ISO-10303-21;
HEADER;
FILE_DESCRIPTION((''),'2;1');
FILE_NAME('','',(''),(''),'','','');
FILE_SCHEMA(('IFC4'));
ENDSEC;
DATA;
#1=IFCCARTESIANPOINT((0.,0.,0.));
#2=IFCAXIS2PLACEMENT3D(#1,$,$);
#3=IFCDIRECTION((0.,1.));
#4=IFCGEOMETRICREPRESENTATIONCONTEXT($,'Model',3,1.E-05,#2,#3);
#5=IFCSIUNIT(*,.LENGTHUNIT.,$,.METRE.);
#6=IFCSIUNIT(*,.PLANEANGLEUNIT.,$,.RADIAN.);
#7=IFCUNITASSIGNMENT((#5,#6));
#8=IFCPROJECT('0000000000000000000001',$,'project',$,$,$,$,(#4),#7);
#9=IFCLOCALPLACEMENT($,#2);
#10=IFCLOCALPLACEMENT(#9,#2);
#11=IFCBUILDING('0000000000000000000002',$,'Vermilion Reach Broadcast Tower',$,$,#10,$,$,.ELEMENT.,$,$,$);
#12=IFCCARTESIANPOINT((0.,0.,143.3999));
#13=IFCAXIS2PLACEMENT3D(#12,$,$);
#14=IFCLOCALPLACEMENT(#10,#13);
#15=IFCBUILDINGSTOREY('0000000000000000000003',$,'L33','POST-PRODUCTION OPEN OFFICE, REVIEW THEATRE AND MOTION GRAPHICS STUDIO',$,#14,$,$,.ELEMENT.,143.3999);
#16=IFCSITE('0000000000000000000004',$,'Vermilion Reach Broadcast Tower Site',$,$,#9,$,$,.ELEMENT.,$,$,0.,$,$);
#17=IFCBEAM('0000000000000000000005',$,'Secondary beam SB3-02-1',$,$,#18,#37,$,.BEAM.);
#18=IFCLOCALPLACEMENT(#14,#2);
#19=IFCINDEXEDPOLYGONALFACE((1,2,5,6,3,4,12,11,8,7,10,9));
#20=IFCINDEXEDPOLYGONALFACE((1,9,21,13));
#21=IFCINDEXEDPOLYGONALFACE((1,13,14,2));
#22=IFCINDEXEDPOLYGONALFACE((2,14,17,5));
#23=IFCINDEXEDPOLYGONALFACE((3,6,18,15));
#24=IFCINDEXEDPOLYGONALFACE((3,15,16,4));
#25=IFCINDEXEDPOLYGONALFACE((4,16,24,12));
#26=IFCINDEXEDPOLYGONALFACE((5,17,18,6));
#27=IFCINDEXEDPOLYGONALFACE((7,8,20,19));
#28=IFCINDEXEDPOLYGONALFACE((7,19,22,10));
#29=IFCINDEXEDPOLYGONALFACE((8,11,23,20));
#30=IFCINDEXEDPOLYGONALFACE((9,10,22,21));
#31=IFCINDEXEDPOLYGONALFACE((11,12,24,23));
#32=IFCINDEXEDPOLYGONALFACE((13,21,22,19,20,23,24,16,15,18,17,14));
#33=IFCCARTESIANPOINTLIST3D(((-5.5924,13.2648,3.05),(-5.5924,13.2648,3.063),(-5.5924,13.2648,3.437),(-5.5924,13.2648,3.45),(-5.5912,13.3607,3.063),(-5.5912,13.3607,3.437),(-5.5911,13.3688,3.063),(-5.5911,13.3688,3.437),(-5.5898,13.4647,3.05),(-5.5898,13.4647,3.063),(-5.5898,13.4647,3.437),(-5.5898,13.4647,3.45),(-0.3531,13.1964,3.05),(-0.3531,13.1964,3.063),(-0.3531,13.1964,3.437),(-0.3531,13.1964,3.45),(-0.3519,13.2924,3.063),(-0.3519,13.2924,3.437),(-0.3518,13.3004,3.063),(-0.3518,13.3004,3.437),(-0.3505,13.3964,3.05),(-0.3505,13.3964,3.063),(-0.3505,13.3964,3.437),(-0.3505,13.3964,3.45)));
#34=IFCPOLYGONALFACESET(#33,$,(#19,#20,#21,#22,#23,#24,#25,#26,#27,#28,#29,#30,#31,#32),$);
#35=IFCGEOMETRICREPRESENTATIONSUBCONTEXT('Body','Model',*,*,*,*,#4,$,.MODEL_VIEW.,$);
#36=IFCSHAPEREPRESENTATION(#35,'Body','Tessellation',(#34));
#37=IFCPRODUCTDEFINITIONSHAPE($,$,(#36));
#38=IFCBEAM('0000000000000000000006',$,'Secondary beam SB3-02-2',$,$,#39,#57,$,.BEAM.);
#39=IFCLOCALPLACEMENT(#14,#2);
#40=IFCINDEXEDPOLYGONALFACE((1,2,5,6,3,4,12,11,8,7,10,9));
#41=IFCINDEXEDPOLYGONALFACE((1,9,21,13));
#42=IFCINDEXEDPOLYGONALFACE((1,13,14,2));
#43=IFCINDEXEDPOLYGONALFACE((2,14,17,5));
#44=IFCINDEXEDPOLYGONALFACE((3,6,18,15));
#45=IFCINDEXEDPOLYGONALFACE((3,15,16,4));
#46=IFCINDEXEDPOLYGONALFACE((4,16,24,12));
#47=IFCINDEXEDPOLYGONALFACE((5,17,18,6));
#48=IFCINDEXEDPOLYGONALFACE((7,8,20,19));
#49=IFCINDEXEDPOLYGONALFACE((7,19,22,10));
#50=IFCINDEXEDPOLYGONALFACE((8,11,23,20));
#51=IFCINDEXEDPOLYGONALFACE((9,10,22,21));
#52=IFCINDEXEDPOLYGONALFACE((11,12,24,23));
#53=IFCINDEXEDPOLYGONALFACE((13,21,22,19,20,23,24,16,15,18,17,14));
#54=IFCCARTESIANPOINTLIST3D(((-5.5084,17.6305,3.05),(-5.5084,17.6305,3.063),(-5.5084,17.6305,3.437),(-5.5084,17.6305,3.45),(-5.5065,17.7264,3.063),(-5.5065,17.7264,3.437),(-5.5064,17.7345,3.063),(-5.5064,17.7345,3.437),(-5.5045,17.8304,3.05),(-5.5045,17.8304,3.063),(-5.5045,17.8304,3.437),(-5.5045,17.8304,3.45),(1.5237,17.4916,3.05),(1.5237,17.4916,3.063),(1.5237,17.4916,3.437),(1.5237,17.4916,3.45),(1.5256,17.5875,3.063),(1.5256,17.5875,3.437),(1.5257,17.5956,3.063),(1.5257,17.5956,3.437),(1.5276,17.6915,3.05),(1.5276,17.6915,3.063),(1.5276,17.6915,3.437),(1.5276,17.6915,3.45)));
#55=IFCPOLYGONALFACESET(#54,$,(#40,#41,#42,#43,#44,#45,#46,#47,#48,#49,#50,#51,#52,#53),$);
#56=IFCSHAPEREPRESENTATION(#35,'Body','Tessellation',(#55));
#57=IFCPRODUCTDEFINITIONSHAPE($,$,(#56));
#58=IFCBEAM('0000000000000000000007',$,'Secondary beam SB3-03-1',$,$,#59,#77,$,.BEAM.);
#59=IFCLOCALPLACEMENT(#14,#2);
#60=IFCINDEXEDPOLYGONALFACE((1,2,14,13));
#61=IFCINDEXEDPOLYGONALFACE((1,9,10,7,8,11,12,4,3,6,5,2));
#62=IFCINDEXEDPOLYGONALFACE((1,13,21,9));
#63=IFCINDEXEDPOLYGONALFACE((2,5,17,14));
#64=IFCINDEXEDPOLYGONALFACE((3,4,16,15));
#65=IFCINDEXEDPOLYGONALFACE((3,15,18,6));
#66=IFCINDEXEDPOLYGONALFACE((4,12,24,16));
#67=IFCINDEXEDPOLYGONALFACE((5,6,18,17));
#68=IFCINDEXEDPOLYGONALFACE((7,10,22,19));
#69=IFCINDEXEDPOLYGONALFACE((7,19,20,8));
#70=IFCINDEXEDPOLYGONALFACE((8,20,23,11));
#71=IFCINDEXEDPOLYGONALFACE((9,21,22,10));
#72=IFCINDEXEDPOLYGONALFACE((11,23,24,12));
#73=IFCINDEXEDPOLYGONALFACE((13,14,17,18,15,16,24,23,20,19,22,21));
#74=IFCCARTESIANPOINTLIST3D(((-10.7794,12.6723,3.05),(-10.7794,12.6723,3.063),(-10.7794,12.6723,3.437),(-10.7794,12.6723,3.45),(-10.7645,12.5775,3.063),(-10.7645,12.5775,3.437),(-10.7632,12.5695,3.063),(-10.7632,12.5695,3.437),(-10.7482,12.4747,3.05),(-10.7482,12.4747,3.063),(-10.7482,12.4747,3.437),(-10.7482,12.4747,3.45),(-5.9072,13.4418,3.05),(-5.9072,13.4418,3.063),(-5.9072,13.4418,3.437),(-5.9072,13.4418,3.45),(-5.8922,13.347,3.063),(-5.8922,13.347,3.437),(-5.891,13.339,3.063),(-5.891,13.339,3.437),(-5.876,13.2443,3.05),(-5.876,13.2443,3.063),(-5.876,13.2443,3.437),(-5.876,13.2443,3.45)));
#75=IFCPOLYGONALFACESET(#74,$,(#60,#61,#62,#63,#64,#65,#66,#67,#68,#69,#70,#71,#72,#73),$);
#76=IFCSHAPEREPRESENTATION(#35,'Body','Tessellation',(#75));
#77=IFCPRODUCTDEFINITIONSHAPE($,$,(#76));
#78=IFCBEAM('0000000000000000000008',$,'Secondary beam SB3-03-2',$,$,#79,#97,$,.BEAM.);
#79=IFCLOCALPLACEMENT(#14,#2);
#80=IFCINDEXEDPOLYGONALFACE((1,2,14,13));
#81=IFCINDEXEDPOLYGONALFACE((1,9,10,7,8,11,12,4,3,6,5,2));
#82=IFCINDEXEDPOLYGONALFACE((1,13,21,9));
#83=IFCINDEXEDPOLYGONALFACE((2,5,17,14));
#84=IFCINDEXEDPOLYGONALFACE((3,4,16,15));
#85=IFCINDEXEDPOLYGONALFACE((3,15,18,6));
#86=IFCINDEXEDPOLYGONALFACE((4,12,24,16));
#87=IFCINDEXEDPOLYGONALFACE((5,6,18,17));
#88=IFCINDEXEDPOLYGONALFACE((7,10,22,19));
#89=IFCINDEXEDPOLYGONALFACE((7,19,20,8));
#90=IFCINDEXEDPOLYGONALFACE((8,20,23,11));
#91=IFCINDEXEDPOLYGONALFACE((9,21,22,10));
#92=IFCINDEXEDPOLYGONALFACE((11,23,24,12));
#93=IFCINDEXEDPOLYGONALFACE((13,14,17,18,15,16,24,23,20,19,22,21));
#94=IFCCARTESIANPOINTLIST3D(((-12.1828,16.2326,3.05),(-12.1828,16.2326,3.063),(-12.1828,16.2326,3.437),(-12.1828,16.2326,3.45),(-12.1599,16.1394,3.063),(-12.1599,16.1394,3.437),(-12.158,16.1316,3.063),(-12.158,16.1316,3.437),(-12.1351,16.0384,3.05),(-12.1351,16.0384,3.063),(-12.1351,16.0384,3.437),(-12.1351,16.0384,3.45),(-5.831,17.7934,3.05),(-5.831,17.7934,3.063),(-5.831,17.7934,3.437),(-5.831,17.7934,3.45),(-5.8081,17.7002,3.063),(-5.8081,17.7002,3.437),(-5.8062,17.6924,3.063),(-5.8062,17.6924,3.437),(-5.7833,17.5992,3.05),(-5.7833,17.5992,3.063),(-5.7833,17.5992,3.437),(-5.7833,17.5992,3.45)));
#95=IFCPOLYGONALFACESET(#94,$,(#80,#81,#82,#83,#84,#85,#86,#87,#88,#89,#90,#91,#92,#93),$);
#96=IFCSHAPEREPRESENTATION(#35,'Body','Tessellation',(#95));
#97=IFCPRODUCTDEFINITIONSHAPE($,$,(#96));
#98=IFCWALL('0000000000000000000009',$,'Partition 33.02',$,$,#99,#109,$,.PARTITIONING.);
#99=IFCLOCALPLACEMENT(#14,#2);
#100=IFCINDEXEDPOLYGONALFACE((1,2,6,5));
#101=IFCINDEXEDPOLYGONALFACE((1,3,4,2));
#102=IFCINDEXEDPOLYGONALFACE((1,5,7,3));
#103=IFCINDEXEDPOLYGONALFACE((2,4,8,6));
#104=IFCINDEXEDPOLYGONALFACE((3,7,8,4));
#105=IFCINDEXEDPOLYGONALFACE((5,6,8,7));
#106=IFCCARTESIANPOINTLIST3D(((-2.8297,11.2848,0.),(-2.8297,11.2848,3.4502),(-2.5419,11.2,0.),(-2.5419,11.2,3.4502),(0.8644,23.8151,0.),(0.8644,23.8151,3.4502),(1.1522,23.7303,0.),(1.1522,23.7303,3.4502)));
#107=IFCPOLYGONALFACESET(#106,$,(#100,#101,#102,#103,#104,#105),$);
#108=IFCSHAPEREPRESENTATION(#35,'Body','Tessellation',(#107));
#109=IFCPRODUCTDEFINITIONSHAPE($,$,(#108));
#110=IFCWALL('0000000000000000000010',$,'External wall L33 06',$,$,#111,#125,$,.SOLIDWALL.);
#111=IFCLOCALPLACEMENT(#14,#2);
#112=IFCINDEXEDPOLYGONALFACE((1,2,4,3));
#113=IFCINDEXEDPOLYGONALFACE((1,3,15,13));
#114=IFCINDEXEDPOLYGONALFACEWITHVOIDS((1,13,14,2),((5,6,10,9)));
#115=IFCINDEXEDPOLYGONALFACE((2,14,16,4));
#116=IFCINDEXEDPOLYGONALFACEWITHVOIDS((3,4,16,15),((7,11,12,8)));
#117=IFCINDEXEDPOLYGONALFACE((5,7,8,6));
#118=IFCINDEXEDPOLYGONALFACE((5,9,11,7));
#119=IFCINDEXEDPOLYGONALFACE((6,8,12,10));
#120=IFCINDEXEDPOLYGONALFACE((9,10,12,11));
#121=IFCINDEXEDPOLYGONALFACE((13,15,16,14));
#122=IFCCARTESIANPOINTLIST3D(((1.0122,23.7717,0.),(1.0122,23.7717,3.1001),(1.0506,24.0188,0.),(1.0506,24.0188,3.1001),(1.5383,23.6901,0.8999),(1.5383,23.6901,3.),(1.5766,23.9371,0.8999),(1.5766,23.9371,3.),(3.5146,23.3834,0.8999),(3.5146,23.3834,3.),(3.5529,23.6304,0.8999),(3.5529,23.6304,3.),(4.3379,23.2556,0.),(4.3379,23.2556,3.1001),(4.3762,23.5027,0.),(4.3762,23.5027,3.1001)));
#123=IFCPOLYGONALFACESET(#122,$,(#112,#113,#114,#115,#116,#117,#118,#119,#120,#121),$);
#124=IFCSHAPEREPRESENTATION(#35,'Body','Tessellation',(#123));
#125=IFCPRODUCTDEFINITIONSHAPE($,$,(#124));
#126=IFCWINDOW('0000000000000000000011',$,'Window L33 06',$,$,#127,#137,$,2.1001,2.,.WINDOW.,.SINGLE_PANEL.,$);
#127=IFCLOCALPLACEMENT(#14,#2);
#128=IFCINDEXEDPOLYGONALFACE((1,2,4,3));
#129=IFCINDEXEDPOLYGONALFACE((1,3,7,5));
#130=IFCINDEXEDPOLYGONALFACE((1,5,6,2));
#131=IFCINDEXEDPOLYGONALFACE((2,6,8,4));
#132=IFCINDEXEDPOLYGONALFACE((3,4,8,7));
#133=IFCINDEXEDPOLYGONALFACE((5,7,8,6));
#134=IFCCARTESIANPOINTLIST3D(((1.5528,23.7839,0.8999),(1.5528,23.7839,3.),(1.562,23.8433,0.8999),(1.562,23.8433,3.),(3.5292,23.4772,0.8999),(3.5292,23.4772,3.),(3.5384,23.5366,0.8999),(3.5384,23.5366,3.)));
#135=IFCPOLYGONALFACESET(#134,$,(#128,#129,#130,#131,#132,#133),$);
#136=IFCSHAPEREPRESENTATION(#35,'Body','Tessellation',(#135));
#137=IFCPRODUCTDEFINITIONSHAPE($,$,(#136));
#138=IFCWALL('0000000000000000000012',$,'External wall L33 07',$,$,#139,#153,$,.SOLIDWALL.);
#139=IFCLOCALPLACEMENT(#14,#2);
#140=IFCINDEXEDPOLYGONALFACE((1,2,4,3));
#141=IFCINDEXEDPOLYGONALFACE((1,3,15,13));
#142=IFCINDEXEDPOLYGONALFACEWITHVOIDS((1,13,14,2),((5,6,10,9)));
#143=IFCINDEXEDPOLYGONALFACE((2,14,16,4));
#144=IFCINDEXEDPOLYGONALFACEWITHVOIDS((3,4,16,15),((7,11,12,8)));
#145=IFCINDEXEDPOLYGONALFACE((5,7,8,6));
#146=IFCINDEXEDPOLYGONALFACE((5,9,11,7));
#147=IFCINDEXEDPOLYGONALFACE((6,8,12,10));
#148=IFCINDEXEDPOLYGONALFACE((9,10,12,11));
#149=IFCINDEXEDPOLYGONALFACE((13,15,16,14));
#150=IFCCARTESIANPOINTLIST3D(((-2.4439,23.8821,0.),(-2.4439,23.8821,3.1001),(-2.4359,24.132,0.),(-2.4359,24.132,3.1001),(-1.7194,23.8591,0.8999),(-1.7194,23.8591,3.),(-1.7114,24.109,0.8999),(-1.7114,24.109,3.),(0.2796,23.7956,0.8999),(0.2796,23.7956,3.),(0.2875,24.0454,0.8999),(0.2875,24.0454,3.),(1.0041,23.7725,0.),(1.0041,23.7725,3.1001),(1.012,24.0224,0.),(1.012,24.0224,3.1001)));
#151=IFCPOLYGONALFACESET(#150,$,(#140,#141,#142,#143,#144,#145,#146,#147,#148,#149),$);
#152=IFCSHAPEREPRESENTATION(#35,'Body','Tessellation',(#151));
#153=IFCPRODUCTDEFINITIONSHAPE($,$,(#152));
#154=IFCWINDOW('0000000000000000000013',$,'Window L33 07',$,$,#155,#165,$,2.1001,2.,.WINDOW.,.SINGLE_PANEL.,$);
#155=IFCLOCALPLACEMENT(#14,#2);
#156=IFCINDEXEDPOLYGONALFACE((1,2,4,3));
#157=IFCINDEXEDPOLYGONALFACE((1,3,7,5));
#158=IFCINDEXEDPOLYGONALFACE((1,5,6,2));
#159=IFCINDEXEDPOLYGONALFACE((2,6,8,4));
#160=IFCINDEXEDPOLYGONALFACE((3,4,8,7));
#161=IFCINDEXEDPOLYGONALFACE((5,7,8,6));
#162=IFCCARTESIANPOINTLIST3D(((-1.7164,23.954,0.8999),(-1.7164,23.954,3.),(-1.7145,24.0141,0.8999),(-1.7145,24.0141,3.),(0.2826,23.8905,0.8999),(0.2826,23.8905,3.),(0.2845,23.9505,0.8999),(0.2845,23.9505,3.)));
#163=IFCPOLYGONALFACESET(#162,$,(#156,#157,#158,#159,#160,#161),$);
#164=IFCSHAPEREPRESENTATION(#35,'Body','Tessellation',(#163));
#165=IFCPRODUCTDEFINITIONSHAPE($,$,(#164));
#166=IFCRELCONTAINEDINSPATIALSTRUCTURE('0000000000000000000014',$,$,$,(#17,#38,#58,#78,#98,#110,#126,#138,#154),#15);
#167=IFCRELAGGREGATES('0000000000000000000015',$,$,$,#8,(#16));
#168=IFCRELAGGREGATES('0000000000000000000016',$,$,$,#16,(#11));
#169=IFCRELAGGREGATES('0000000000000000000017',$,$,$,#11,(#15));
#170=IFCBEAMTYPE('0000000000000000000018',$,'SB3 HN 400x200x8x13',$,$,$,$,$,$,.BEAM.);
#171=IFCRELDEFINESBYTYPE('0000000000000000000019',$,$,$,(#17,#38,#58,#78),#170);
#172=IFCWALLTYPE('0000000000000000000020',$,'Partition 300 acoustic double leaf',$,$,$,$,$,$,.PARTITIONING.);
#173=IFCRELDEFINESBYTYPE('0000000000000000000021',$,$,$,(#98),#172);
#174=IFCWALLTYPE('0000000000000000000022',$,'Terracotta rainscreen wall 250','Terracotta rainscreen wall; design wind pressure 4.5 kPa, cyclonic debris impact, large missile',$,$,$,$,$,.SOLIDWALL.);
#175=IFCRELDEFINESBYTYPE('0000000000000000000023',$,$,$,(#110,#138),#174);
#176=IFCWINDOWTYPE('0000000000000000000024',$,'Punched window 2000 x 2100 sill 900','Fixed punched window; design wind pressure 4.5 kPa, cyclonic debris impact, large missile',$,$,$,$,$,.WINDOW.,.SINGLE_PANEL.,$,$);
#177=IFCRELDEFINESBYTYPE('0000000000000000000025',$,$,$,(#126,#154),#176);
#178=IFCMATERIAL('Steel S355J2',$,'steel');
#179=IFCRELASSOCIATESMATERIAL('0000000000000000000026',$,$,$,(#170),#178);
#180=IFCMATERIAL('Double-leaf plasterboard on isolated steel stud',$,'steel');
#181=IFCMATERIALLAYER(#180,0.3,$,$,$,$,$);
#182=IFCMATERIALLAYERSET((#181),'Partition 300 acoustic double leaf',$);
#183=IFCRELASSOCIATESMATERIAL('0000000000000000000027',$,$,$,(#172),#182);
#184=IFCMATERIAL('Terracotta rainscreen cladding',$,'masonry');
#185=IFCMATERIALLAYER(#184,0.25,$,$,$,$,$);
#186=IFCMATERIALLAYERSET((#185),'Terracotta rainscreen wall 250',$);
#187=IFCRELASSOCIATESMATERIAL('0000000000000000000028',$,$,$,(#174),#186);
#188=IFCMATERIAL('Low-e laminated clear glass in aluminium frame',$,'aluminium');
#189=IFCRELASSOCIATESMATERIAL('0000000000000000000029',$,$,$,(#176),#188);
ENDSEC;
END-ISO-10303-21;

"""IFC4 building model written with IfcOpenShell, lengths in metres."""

from ifc_helpers import new_model, si_unit, direction, frame, frame_2d, origin, origin_2d, place, context, subcontext, project, spatial, rectangle, i_section, extrude, material, layer, layer_set, material_profile, profile_set, type_object, element, fill, save


model = new_model("IFC4")

# Units and contexts
model_context = context("Model", 3, precision=1e-05, world=origin(), true_north=direction((0.0, 1.0)))
body_context = subcontext(model_context, "Body", "Model", "MODEL_VIEW")
ifc_project = project(units=[si_unit("LENGTHUNIT", "METRE"), si_unit("PLANEANGLEUNIT", "RADIAN")], contexts=[model_context])

# Site, building, storey
site_placement = place(None, origin())
site = spatial("IfcSite", under=ifc_project, at=site_placement, Name="Vermilion Reach Broadcast Tower Site", CompositionType="ELEMENT", RefElevation=0.0)
building_placement = place(site_placement, origin())
building = spatial("IfcBuilding", under=site, at=building_placement, Name="Vermilion Reach Broadcast Tower", CompositionType="ELEMENT")
storey_placement = place(building_placement, frame((0.0, 0.0, 143.3999)))
storey = spatial("IfcBuildingStorey", under=building, at=storey_placement, Name="L33", Description="POST-PRODUCTION OPEN OFFICE, REVIEW THEATRE AND MOTION GRAPHICS STUDIO", CompositionType="ELEMENT", Elevation=143.3999)

# Beams
ifc_material_1 = material(Name="Steel S355J2", Category="steel")
ifc_material_profile_1 = material_profile(ifc_material_1, i_section(OverallWidth=0.2, OverallDepth=0.3999, WebThickness=0.0081, FlangeThickness=0.0129, at=origin_2d()), Name="S355J2 HN 400x200x8x13")
ifc_profile_set_1 = profile_set([ifc_material_profile_1], Name="Steel S355J2")
beam_type_1 = type_object("IfcBeamType", Name="SB3 HN 400x200x8x13", PredefinedType="BEAM", material=ifc_profile_set_1)
beam_1_placement = place(storey_placement, frame((-0.3518, 13.2964, 3.25), z_axis=(-0.999915, 0.013046, 0.0), x_axis=(-0.013046, -0.999915, 0.0)))
element("IfcBeam", 1, at=beam_1_placement, inside=storey, type_object=beam_type_1, Name="Secondary beam SB3-02-1", PredefinedType="BEAM", context=body_context, shape_type="SweptSolid", body=[
    extrude(i_section(OverallWidth=0.2, OverallDepth=0.3999, WebThickness=0.0081, FlangeThickness=0.0129, at=origin_2d()), origin(), (0.0, 0.0, 1.0), 5.2397),
])
beam_2_placement = place(storey_placement, frame((1.5256, 17.5916, 3.25), z_axis=(-0.999805, 0.019751, 0.0), x_axis=(-0.019751, -0.999805, 0.0)))
element("IfcBeam", 2, at=beam_2_placement, inside=storey, type_object=beam_type_1, Name="Secondary beam SB3-02-2", PredefinedType="BEAM", context=body_context, shape_type="SweptSolid", body=[
    extrude(i_section(OverallWidth=0.2, OverallDepth=0.3999, WebThickness=0.0081, FlangeThickness=0.0129, at=origin_2d()), origin(), (0.0, 0.0, 1.0), 7.0334),
])
beam_3_placement = place(storey_placement, frame((-5.8916, 13.343, 3.25), z_axis=(-0.987756, -0.156006, 0.0), x_axis=(0.156006, -0.987756, 0.0)))
element("IfcBeam", 3, at=beam_3_placement, inside=storey, type_object=beam_type_1, Name="Secondary beam SB3-03-1", PredefinedType="BEAM", context=body_context, shape_type="SweptSolid", body=[
    extrude(i_section(OverallWidth=0.2, OverallDepth=0.3999, WebThickness=0.0081, FlangeThickness=0.0129, at=origin_2d()), origin(), (0.0, 0.0, 1.0), 4.9326),
])
beam_4_placement = place(storey_placement, frame((-5.8071, 17.6963, 3.25), z_axis=(-0.971112, -0.238625, 0.0), x_axis=(0.238625, -0.971112, 0.0)))
element("IfcBeam", 4, at=beam_4_placement, inside=storey, type_object=beam_type_1, Name="Secondary beam SB3-03-2", PredefinedType="BEAM", context=body_context, shape_type="SweptSolid", body=[
    extrude(i_section(OverallWidth=0.2, OverallDepth=0.3999, WebThickness=0.0081, FlangeThickness=0.0129, at=origin_2d()), origin(), (0.0, 0.0, 1.0), 6.5408),
])

# Wall
ifc_material_2 = material(Name="Double-leaf plasterboard on isolated steel stud", Category="steel")
ifc_layer_1 = layer(ifc_material_2, 0.3)
ifc_layer_set_1 = layer_set([ifc_layer_1], Name="Partition 300 acoustic double leaf")
wall_type_1 = type_object("IfcWallType", Name="Partition 300 acoustic double leaf", PredefinedType="PARTITIONING", material=ifc_layer_set_1)
wall_1_placement = place(storey_placement, frame((1.0083, 23.7727, 0.0), z_axis=(0.0, 0.0, 1.0), x_axis=(-0.28278, -0.959185, 0.0)))
element("IfcWall", 5, at=wall_1_placement, inside=storey, type_object=wall_type_1, Name="Partition 33.02", PredefinedType="PARTITIONING", context=body_context, shape_type="SweptSolid", body=[
    extrude(rectangle(XDim=13.0635, YDim=0.3, at=frame_2d((6.5317, 0.0))), origin(), (0.0, 0.0, 1.0), 3.4502),
])

# Walls, openings, windows
ifc_material_3 = material(Name="Terracotta rainscreen cladding", Category="masonry")
ifc_layer_2 = layer(ifc_material_3, 0.25)
ifc_layer_set_2 = layer_set([ifc_layer_2], Name="Terracotta rainscreen wall 250")
wall_type_2 = type_object("IfcWallType", Name="Terracotta rainscreen wall 250", Description="Terracotta rainscreen wall; design wind pressure 4.5 kPa, cyclonic debris impact, large missile", PredefinedType="SOLIDWALL", material=ifc_layer_set_2)
wall_2_placement = place(storey_placement, frame((4.3569, 23.3792, 0.0), z_axis=(0.0, 0.0, 1.0), x_axis=(-0.988171, 0.153354, 0.0)))
wall_2 = element("IfcWall", 6, at=wall_2_placement, inside=storey, type_object=wall_type_2, Name="External wall L33 06", PredefinedType="SOLIDWALL", context=body_context, shape_type="SweptSolid", body=[
    extrude(rectangle(XDim=3.3655, YDim=0.25, at=frame_2d((1.6826, 0.0))), origin(), (0.0, 0.0, 1.0), 3.1001),
])
opening_1_placement = place(wall_2_placement, frame((0.833, 0.0, 0.8999)))
opening_1 = element("IfcOpeningElement", 7, at=opening_1_placement, cuts=wall_2, PredefinedType="OPENING", context=body_context, shape_type="SweptSolid", body=[
    extrude(rectangle(XDim=2.0, YDim=2.1001, at=frame_2d((1.0, 1.05))), frame((0.0, 0.135, 0.0), z_axis=(0.0, -1.0, 0.0), x_axis=(1.0, 0.0, 0.0)), (0.0, 0.0, 1.0), 0.27),
])
ifc_material_4 = material(Name="Low-e laminated clear glass in aluminium frame", Category="aluminium")
window_type = type_object("IfcWindowType", Name="Punched window 2000 x 2100 sill 900", Description="Fixed punched window; design wind pressure 4.5 kPa, cyclonic debris impact, large missile", PartitioningType="SINGLE_PANEL", PredefinedType="WINDOW", material=ifc_material_4)
window_1_placement = place(opening_1_placement, origin())
window_1 = element("IfcWindow", 8, at=window_1_placement, inside=storey, type_object=window_type, Name="Window L33 06", OverallHeight=2.1001, OverallWidth=2.0, PartitioningType="SINGLE_PANEL", PredefinedType="WINDOW", context=body_context, shape_type="SweptSolid", body=[
    extrude(rectangle(XDim=2.0, YDim=2.1001, at=frame_2d((1.0, 1.05))), frame((0.0, 0.03, 0.0), z_axis=(0.0, -1.0, 0.0), x_axis=(1.0, 0.0, 0.0)), (0.0, 0.0, 1.0), 0.0601),
])
fill(opening_1, window_1)
wall_3_placement = place(storey_placement, frame((1.0081, 23.8975, 0.0), z_axis=(0.0, 0.0, 1.0), x_axis=(-0.999495, 0.031776, 0.0)))
wall_3 = element("IfcWall", 9, at=wall_3_placement, inside=storey, type_object=wall_type_2, Name="External wall L33 07", PredefinedType="SOLIDWALL", context=body_context, shape_type="SweptSolid", body=[
    extrude(rectangle(XDim=3.4497, YDim=0.25, at=frame_2d((1.7249, 0.0))), origin(), (0.0, 0.0, 1.0), 3.1001),
])
opening_2_placement = place(wall_3_placement, frame((0.7249, 0.0, 0.8999)))
opening_2 = element("IfcOpeningElement", 10, at=opening_2_placement, cuts=wall_3, PredefinedType="OPENING", context=body_context, shape_type="SweptSolid", body=[
    extrude(rectangle(XDim=2.0, YDim=2.1001, at=frame_2d((1.0, 1.05))), frame((0.0, 0.135, 0.0), z_axis=(0.0, -1.0, 0.0), x_axis=(1.0, 0.0, 0.0)), (0.0, 0.0, 1.0), 0.27),
])
window_2_placement = place(opening_2_placement, origin())
window_2 = element("IfcWindow", 11, at=window_2_placement, inside=storey, type_object=window_type, Name="Window L33 07", OverallHeight=2.1001, OverallWidth=2.0, PartitioningType="SINGLE_PANEL", PredefinedType="WINDOW", context=body_context, shape_type="SweptSolid", body=[
    extrude(rectangle(XDim=2.0, YDim=2.1001, at=frame_2d((1.0, 1.05))), frame((0.0, 0.03, 0.0), z_axis=(0.0, -1.0, 0.0), x_axis=(1.0, 0.0, 0.0)), (0.0, 0.0, 1.0), 0.0601),
])
fill(opening_2, window_2)

save(model, "model.ifc")
